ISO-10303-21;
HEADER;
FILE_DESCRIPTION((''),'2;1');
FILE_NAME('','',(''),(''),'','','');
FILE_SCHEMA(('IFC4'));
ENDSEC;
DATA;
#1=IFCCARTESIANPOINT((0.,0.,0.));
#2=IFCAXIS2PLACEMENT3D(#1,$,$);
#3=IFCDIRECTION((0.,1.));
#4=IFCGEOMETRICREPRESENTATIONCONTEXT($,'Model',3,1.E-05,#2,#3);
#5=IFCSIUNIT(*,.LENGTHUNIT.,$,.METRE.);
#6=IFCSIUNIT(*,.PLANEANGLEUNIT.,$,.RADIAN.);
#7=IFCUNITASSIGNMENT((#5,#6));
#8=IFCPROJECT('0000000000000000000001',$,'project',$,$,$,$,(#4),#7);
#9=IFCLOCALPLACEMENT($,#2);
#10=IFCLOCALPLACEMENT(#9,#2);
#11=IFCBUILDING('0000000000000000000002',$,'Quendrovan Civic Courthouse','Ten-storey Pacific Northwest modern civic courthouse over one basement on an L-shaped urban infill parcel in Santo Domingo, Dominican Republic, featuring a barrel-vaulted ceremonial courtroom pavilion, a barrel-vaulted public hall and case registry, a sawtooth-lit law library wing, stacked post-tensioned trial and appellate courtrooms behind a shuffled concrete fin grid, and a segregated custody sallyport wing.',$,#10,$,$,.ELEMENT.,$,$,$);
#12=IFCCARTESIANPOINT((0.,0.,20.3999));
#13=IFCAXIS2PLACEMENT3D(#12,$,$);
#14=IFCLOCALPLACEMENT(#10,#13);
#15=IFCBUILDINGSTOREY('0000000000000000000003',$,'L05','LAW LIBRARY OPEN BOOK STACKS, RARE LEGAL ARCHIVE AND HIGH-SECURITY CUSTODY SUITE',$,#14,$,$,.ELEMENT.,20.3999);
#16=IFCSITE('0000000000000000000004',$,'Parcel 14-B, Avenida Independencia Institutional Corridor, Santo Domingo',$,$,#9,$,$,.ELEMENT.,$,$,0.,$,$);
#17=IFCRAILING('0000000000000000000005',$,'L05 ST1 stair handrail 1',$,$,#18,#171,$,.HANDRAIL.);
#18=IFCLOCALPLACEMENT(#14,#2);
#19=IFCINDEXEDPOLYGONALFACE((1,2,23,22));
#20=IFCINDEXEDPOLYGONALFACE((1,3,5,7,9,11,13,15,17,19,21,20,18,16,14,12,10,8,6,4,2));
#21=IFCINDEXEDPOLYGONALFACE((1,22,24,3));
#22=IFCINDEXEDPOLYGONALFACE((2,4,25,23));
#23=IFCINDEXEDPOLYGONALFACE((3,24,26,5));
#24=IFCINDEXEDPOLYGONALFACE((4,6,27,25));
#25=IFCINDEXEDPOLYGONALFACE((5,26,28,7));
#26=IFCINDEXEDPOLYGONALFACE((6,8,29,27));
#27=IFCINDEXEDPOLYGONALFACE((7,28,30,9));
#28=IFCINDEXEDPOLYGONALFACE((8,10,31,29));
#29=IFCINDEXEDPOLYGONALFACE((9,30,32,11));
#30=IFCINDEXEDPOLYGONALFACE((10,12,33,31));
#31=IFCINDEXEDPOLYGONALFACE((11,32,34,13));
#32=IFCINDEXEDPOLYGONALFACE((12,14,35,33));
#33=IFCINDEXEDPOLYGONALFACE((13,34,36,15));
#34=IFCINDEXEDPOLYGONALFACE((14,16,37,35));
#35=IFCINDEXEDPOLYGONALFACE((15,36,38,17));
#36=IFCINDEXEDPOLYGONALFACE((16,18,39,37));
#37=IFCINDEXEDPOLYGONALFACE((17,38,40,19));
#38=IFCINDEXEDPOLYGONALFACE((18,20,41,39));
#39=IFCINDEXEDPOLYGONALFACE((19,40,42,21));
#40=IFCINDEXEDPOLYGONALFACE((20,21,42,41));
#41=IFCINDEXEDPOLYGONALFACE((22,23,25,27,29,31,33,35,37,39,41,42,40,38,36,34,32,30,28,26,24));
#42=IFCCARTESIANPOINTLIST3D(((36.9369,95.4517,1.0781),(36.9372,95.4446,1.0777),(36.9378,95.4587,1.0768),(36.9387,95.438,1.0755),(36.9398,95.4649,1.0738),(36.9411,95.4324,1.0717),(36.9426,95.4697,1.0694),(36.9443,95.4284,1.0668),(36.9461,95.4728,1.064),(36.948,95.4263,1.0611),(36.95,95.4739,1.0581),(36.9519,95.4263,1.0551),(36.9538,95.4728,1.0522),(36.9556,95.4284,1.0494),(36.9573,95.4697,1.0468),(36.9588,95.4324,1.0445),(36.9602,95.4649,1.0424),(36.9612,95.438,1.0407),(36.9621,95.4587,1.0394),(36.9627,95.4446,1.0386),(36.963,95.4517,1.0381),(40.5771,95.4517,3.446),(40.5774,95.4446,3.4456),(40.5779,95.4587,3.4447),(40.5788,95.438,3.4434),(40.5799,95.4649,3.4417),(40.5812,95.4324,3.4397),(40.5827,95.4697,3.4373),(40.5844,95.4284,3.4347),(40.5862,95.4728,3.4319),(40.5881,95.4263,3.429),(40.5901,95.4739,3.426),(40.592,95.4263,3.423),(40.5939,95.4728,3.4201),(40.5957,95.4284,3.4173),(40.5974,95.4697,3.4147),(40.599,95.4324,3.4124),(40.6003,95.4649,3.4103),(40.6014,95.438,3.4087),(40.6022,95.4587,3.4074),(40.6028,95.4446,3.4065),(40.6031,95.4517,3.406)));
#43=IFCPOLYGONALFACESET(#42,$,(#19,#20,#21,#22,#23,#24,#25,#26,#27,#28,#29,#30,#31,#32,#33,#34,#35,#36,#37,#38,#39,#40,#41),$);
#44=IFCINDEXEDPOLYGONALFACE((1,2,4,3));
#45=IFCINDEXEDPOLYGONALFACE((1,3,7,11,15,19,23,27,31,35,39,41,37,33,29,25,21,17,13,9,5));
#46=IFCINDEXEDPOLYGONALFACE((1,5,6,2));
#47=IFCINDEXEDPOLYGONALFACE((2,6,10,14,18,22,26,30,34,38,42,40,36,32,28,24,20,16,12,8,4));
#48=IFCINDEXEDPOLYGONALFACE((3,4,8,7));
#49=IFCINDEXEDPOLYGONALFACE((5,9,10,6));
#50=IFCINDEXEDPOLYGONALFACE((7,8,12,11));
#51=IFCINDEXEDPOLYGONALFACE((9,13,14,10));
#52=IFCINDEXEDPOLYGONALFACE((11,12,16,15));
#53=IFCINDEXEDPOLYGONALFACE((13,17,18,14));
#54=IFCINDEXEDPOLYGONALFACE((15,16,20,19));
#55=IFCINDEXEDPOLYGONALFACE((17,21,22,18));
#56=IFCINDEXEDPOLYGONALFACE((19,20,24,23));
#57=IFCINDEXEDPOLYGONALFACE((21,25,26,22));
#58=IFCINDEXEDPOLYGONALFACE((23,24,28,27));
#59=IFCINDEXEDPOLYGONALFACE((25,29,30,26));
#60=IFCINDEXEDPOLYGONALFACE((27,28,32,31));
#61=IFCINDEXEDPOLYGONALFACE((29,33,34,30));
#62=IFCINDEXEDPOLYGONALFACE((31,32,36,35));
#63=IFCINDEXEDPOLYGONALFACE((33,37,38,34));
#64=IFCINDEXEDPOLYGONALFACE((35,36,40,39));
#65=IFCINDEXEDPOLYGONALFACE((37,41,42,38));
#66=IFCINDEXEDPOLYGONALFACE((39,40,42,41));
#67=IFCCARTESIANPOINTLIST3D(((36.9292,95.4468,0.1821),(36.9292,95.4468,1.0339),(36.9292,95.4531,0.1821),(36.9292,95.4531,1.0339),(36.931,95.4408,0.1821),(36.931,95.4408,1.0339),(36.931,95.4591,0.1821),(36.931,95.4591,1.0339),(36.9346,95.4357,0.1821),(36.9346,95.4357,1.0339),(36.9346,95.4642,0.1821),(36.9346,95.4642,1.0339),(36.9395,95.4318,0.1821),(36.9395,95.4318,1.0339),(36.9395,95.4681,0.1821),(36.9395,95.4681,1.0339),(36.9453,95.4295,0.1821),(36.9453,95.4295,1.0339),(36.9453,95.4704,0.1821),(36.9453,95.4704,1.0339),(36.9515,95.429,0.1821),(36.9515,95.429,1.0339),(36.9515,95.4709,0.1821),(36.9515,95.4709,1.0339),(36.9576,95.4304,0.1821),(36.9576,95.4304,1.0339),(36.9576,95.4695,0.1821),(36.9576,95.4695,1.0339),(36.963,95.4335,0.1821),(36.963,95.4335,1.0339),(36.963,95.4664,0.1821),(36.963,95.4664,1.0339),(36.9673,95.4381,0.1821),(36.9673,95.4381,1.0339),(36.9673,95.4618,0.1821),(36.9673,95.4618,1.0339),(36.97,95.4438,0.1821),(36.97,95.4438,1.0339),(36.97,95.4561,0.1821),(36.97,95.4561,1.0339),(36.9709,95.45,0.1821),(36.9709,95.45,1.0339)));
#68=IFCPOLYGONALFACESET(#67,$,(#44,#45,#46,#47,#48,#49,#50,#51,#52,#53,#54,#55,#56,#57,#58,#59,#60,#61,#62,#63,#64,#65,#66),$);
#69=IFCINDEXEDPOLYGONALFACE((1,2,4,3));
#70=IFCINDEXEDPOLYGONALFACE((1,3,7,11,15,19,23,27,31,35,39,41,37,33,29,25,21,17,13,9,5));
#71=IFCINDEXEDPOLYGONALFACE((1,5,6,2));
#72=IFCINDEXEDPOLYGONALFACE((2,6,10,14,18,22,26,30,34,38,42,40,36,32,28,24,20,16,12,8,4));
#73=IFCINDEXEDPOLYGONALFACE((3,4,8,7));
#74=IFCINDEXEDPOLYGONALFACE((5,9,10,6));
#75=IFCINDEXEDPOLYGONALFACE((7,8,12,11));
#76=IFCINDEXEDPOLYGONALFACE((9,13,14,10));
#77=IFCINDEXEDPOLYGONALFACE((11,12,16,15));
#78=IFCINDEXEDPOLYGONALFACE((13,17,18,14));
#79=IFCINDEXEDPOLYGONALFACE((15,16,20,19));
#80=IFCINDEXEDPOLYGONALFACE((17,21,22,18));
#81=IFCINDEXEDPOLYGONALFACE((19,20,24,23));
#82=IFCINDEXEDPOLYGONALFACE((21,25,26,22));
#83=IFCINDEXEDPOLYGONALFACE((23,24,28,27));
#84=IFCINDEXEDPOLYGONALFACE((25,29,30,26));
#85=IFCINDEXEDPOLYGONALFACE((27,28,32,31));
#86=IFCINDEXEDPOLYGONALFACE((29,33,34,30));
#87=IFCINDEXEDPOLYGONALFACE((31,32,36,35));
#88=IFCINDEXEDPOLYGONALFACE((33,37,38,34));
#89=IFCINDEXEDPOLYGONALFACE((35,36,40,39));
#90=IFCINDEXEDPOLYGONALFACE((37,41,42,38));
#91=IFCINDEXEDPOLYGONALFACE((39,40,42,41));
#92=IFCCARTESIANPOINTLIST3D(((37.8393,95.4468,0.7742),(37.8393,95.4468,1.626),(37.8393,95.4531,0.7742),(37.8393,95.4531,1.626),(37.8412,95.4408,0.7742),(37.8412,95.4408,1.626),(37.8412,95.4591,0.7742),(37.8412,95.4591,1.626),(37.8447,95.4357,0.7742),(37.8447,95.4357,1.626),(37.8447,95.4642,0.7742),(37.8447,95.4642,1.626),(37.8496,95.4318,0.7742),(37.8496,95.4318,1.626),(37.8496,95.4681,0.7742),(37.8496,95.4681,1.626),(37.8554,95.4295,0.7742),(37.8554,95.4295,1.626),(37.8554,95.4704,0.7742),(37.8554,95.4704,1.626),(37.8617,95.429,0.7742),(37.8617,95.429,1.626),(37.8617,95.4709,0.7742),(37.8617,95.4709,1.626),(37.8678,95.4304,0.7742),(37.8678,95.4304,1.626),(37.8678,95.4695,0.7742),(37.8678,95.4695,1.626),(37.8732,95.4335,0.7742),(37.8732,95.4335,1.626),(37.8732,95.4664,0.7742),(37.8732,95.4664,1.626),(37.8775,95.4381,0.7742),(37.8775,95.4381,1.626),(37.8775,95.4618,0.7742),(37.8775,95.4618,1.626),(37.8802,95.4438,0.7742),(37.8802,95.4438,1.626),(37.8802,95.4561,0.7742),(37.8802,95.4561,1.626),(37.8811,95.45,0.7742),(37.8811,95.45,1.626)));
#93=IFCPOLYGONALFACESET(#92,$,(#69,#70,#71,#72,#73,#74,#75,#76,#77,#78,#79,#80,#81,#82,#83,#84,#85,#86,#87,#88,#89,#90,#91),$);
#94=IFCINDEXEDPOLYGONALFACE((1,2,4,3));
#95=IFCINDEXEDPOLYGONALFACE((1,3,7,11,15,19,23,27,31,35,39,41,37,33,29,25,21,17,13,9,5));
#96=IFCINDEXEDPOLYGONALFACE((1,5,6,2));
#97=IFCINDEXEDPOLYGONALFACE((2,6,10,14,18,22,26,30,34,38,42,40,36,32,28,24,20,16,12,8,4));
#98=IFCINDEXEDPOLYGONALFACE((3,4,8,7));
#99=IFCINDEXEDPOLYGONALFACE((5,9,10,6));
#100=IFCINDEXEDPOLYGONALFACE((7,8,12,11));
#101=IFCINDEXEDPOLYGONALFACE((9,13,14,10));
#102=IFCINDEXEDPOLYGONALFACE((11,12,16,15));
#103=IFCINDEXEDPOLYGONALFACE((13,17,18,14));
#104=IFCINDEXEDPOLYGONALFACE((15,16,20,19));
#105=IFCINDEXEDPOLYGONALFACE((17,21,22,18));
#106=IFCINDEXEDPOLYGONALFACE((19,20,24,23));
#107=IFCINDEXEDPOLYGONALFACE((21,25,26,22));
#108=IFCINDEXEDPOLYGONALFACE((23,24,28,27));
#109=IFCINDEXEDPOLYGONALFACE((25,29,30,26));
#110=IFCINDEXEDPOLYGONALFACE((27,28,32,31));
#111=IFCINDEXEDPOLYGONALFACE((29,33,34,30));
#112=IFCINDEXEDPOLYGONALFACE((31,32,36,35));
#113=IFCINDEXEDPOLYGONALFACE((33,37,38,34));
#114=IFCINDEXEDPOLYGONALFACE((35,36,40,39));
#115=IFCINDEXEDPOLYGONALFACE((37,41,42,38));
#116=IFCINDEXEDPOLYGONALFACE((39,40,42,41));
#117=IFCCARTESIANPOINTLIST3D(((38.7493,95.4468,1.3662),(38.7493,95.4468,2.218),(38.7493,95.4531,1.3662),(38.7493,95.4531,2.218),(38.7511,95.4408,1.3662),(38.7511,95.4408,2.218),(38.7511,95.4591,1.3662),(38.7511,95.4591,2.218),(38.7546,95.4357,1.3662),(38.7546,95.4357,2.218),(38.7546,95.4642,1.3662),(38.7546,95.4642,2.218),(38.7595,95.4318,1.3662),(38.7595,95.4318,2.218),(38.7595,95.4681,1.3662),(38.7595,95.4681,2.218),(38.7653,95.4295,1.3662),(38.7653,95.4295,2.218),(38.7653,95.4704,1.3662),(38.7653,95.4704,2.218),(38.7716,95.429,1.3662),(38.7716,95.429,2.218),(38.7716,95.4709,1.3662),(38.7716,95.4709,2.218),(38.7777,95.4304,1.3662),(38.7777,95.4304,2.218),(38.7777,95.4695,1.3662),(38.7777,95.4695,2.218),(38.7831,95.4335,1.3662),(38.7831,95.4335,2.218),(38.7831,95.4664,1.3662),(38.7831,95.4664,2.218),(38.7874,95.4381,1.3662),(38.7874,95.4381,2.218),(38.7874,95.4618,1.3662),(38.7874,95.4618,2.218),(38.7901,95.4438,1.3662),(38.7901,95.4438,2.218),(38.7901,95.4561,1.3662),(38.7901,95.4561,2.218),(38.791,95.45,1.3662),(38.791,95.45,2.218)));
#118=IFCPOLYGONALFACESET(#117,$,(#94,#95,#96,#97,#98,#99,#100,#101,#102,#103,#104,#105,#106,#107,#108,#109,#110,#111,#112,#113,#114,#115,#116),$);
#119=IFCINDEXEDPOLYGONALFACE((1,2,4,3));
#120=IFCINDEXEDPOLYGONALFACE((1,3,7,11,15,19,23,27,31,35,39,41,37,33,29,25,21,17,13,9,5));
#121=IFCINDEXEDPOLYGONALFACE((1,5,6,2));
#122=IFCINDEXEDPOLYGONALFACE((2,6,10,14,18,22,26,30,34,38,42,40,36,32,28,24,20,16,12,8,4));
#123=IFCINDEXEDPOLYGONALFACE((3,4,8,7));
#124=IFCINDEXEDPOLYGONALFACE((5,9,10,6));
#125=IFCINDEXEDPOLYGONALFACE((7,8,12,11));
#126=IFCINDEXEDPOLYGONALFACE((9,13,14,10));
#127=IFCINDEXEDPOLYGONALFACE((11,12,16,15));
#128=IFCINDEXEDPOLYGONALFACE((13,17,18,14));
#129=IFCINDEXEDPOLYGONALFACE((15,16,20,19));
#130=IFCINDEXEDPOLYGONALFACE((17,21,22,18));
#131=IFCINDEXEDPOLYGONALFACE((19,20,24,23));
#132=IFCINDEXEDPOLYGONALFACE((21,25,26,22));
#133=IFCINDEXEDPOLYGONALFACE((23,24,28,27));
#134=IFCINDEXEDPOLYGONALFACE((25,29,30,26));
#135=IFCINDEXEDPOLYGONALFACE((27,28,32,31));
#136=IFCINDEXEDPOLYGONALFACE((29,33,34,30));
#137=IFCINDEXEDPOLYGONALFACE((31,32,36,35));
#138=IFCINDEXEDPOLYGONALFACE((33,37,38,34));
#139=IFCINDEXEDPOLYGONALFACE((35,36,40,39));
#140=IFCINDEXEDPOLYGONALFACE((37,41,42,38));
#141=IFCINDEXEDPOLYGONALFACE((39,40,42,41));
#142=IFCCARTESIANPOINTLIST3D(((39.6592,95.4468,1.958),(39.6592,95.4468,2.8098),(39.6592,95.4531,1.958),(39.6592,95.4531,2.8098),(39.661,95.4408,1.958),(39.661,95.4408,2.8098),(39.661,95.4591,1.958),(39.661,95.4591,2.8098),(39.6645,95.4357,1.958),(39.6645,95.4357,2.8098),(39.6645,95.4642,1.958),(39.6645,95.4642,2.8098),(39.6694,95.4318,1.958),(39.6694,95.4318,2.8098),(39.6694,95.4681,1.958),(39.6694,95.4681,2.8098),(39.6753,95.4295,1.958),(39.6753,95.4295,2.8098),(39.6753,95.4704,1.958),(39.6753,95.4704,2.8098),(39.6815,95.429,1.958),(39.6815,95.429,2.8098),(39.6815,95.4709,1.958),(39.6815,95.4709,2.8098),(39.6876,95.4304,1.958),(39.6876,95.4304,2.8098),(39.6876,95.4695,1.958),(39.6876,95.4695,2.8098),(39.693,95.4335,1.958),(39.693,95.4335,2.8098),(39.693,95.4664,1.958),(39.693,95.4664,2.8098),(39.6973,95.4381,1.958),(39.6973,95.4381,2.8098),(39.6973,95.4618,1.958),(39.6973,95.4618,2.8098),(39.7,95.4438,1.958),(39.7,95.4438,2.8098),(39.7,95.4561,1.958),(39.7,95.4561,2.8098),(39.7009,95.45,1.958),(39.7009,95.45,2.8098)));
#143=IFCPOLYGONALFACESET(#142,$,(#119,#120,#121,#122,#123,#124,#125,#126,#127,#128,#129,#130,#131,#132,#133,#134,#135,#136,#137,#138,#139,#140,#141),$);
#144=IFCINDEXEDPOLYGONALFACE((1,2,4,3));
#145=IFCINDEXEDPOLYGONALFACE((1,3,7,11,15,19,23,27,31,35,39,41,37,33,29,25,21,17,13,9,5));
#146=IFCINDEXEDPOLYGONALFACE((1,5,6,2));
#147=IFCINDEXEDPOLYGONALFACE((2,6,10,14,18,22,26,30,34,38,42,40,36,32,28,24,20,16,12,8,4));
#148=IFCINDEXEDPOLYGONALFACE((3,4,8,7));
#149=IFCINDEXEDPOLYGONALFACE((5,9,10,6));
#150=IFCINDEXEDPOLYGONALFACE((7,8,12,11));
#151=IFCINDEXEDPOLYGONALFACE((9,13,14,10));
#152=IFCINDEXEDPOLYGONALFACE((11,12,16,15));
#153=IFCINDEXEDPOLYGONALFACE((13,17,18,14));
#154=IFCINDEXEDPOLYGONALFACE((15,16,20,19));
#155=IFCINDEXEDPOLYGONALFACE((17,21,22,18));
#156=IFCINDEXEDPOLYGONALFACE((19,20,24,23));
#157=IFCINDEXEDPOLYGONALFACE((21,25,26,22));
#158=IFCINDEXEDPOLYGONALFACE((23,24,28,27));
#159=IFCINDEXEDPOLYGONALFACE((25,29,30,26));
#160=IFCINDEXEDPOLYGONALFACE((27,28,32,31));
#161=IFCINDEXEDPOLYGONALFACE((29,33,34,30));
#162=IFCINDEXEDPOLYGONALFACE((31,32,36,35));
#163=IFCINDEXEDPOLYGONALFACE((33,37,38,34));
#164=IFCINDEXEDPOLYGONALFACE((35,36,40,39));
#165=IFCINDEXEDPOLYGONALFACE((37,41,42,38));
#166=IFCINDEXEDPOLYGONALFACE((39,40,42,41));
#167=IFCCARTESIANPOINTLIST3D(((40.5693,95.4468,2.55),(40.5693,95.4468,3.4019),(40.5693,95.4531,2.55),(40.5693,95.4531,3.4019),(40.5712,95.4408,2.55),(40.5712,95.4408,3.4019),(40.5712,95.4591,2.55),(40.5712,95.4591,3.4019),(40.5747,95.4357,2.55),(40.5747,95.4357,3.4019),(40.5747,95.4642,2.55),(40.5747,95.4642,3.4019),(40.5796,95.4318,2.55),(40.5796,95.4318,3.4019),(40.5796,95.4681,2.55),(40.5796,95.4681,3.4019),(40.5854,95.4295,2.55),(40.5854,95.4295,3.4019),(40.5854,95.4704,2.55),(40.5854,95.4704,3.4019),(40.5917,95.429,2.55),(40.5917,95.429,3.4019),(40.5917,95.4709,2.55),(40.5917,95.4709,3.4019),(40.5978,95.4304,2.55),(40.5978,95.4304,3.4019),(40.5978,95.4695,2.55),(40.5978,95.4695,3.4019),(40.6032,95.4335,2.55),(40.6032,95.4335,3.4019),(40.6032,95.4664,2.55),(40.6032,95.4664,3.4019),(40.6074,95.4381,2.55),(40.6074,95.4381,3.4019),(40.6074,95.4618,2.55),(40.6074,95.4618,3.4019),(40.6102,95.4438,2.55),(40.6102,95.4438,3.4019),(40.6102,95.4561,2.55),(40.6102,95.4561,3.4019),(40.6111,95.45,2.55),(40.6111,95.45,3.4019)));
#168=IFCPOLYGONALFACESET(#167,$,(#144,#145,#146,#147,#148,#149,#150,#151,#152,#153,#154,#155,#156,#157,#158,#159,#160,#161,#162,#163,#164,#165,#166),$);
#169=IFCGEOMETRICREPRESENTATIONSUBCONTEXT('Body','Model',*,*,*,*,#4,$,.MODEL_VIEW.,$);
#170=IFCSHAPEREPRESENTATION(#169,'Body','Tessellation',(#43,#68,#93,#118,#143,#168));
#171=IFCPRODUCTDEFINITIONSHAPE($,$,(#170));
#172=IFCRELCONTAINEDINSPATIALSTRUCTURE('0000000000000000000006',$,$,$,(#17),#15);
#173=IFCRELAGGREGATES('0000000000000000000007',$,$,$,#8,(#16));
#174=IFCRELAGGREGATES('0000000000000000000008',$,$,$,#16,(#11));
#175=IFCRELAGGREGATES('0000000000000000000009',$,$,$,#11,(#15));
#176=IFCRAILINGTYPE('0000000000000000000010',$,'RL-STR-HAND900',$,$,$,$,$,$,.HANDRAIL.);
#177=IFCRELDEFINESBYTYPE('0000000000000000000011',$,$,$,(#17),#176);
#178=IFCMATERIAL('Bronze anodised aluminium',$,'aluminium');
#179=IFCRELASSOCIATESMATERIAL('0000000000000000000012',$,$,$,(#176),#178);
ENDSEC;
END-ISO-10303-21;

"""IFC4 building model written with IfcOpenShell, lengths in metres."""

from ifc_helpers import new_model, si_unit, direction, frame, origin, origin_2d, place, context, subcontext, project, spatial, circle, extrude, material, type_object, element, save


model = new_model("IFC4")

# Units and contexts
model_context = context("Model", 3, precision=1e-05, world=origin(), true_north=direction((0.0, 1.0)))
body_context = subcontext(model_context, "Body", "Model", "MODEL_VIEW")
ifc_project = project(units=[si_unit("LENGTHUNIT", "METRE"), si_unit("PLANEANGLEUNIT", "RADIAN")], contexts=[model_context])

# Site, building, storey
site_placement = place(None, origin())
site = spatial("IfcSite", under=ifc_project, at=site_placement, Name="Parcel 14-B, Avenida Independencia Institutional Corridor, Santo Domingo", CompositionType="ELEMENT", RefElevation=0.0)
building_placement = place(site_placement, origin())
building = spatial("IfcBuilding", under=site, at=building_placement, Name="Quendrovan Civic Courthouse", Description="Ten-storey Pacific Northwest modern civic courthouse over one basement on an L-shaped urban infill parcel in Santo Domingo, Dominican Republic, featuring a barrel-vaulted ceremonial courtroom pavilion, a barrel-vaulted public hall and case registry, a sawtooth-lit law library wing, stacked post-tensioned trial and appellate courtrooms behind a shuffled concrete fin grid, and a segregated custody sallyport wing.", CompositionType="ELEMENT")
storey_placement = place(building_placement, frame((0.0, 0.0, 20.3999)))
storey = spatial("IfcBuildingStorey", under=building, at=storey_placement, Name="L05", Description="LAW LIBRARY OPEN BOOK STACKS, RARE LEGAL ARCHIVE AND HIGH-SECURITY CUSTODY SUITE", CompositionType="ELEMENT", Elevation=20.3999)

# Railing
ifc_material_1 = material(Name="Bronze anodised aluminium", Category="aluminium")
railing_type_1 = type_object("IfcRailingType", Name="RL-STR-HAND900", PredefinedType="HANDRAIL", material=ifc_material_1)
railing_1_placement = place(storey_placement, frame((36.95, 95.45, 0.1821)))
element("IfcRailing", 1, at=railing_1_placement, inside=storey, type_object=railing_type_1, Name="L05 ST1 stair handrail 1", PredefinedType="HANDRAIL", context=body_context, shape_type="SweptSolid", body=[
    extrude(circle(Radius=0.0239, at=origin_2d()), frame((0.0, 0.0, 0.876), z_axis=(0.838251, 0.0, 0.545285), x_axis=(0.0, 1.0, 0.0)), (0.0, 0.0, 1.0), 4.3425),
    extrude(circle(Radius=0.021, at=origin_2d()), origin(), (0.0, 0.0, 1.0), 0.8518),
    extrude(circle(Radius=0.021, at=origin_2d()), frame((0.9102, 0.0, 0.592)), (0.0, 0.0, 1.0), 0.8518),
    extrude(circle(Radius=0.021, at=origin_2d()), frame((1.8201, 0.0, 1.1841)), (0.0, 0.0, 1.0), 0.8518),
    extrude(circle(Radius=0.021, at=origin_2d()), frame((2.73, 0.0, 1.7759)), (0.0, 0.0, 1.0), 0.8518),
    extrude(circle(Radius=0.021, at=origin_2d()), frame((3.6401, 0.0, 2.3679)), (0.0, 0.0, 1.0), 0.8518),
])

save(model, "model.ifc")
